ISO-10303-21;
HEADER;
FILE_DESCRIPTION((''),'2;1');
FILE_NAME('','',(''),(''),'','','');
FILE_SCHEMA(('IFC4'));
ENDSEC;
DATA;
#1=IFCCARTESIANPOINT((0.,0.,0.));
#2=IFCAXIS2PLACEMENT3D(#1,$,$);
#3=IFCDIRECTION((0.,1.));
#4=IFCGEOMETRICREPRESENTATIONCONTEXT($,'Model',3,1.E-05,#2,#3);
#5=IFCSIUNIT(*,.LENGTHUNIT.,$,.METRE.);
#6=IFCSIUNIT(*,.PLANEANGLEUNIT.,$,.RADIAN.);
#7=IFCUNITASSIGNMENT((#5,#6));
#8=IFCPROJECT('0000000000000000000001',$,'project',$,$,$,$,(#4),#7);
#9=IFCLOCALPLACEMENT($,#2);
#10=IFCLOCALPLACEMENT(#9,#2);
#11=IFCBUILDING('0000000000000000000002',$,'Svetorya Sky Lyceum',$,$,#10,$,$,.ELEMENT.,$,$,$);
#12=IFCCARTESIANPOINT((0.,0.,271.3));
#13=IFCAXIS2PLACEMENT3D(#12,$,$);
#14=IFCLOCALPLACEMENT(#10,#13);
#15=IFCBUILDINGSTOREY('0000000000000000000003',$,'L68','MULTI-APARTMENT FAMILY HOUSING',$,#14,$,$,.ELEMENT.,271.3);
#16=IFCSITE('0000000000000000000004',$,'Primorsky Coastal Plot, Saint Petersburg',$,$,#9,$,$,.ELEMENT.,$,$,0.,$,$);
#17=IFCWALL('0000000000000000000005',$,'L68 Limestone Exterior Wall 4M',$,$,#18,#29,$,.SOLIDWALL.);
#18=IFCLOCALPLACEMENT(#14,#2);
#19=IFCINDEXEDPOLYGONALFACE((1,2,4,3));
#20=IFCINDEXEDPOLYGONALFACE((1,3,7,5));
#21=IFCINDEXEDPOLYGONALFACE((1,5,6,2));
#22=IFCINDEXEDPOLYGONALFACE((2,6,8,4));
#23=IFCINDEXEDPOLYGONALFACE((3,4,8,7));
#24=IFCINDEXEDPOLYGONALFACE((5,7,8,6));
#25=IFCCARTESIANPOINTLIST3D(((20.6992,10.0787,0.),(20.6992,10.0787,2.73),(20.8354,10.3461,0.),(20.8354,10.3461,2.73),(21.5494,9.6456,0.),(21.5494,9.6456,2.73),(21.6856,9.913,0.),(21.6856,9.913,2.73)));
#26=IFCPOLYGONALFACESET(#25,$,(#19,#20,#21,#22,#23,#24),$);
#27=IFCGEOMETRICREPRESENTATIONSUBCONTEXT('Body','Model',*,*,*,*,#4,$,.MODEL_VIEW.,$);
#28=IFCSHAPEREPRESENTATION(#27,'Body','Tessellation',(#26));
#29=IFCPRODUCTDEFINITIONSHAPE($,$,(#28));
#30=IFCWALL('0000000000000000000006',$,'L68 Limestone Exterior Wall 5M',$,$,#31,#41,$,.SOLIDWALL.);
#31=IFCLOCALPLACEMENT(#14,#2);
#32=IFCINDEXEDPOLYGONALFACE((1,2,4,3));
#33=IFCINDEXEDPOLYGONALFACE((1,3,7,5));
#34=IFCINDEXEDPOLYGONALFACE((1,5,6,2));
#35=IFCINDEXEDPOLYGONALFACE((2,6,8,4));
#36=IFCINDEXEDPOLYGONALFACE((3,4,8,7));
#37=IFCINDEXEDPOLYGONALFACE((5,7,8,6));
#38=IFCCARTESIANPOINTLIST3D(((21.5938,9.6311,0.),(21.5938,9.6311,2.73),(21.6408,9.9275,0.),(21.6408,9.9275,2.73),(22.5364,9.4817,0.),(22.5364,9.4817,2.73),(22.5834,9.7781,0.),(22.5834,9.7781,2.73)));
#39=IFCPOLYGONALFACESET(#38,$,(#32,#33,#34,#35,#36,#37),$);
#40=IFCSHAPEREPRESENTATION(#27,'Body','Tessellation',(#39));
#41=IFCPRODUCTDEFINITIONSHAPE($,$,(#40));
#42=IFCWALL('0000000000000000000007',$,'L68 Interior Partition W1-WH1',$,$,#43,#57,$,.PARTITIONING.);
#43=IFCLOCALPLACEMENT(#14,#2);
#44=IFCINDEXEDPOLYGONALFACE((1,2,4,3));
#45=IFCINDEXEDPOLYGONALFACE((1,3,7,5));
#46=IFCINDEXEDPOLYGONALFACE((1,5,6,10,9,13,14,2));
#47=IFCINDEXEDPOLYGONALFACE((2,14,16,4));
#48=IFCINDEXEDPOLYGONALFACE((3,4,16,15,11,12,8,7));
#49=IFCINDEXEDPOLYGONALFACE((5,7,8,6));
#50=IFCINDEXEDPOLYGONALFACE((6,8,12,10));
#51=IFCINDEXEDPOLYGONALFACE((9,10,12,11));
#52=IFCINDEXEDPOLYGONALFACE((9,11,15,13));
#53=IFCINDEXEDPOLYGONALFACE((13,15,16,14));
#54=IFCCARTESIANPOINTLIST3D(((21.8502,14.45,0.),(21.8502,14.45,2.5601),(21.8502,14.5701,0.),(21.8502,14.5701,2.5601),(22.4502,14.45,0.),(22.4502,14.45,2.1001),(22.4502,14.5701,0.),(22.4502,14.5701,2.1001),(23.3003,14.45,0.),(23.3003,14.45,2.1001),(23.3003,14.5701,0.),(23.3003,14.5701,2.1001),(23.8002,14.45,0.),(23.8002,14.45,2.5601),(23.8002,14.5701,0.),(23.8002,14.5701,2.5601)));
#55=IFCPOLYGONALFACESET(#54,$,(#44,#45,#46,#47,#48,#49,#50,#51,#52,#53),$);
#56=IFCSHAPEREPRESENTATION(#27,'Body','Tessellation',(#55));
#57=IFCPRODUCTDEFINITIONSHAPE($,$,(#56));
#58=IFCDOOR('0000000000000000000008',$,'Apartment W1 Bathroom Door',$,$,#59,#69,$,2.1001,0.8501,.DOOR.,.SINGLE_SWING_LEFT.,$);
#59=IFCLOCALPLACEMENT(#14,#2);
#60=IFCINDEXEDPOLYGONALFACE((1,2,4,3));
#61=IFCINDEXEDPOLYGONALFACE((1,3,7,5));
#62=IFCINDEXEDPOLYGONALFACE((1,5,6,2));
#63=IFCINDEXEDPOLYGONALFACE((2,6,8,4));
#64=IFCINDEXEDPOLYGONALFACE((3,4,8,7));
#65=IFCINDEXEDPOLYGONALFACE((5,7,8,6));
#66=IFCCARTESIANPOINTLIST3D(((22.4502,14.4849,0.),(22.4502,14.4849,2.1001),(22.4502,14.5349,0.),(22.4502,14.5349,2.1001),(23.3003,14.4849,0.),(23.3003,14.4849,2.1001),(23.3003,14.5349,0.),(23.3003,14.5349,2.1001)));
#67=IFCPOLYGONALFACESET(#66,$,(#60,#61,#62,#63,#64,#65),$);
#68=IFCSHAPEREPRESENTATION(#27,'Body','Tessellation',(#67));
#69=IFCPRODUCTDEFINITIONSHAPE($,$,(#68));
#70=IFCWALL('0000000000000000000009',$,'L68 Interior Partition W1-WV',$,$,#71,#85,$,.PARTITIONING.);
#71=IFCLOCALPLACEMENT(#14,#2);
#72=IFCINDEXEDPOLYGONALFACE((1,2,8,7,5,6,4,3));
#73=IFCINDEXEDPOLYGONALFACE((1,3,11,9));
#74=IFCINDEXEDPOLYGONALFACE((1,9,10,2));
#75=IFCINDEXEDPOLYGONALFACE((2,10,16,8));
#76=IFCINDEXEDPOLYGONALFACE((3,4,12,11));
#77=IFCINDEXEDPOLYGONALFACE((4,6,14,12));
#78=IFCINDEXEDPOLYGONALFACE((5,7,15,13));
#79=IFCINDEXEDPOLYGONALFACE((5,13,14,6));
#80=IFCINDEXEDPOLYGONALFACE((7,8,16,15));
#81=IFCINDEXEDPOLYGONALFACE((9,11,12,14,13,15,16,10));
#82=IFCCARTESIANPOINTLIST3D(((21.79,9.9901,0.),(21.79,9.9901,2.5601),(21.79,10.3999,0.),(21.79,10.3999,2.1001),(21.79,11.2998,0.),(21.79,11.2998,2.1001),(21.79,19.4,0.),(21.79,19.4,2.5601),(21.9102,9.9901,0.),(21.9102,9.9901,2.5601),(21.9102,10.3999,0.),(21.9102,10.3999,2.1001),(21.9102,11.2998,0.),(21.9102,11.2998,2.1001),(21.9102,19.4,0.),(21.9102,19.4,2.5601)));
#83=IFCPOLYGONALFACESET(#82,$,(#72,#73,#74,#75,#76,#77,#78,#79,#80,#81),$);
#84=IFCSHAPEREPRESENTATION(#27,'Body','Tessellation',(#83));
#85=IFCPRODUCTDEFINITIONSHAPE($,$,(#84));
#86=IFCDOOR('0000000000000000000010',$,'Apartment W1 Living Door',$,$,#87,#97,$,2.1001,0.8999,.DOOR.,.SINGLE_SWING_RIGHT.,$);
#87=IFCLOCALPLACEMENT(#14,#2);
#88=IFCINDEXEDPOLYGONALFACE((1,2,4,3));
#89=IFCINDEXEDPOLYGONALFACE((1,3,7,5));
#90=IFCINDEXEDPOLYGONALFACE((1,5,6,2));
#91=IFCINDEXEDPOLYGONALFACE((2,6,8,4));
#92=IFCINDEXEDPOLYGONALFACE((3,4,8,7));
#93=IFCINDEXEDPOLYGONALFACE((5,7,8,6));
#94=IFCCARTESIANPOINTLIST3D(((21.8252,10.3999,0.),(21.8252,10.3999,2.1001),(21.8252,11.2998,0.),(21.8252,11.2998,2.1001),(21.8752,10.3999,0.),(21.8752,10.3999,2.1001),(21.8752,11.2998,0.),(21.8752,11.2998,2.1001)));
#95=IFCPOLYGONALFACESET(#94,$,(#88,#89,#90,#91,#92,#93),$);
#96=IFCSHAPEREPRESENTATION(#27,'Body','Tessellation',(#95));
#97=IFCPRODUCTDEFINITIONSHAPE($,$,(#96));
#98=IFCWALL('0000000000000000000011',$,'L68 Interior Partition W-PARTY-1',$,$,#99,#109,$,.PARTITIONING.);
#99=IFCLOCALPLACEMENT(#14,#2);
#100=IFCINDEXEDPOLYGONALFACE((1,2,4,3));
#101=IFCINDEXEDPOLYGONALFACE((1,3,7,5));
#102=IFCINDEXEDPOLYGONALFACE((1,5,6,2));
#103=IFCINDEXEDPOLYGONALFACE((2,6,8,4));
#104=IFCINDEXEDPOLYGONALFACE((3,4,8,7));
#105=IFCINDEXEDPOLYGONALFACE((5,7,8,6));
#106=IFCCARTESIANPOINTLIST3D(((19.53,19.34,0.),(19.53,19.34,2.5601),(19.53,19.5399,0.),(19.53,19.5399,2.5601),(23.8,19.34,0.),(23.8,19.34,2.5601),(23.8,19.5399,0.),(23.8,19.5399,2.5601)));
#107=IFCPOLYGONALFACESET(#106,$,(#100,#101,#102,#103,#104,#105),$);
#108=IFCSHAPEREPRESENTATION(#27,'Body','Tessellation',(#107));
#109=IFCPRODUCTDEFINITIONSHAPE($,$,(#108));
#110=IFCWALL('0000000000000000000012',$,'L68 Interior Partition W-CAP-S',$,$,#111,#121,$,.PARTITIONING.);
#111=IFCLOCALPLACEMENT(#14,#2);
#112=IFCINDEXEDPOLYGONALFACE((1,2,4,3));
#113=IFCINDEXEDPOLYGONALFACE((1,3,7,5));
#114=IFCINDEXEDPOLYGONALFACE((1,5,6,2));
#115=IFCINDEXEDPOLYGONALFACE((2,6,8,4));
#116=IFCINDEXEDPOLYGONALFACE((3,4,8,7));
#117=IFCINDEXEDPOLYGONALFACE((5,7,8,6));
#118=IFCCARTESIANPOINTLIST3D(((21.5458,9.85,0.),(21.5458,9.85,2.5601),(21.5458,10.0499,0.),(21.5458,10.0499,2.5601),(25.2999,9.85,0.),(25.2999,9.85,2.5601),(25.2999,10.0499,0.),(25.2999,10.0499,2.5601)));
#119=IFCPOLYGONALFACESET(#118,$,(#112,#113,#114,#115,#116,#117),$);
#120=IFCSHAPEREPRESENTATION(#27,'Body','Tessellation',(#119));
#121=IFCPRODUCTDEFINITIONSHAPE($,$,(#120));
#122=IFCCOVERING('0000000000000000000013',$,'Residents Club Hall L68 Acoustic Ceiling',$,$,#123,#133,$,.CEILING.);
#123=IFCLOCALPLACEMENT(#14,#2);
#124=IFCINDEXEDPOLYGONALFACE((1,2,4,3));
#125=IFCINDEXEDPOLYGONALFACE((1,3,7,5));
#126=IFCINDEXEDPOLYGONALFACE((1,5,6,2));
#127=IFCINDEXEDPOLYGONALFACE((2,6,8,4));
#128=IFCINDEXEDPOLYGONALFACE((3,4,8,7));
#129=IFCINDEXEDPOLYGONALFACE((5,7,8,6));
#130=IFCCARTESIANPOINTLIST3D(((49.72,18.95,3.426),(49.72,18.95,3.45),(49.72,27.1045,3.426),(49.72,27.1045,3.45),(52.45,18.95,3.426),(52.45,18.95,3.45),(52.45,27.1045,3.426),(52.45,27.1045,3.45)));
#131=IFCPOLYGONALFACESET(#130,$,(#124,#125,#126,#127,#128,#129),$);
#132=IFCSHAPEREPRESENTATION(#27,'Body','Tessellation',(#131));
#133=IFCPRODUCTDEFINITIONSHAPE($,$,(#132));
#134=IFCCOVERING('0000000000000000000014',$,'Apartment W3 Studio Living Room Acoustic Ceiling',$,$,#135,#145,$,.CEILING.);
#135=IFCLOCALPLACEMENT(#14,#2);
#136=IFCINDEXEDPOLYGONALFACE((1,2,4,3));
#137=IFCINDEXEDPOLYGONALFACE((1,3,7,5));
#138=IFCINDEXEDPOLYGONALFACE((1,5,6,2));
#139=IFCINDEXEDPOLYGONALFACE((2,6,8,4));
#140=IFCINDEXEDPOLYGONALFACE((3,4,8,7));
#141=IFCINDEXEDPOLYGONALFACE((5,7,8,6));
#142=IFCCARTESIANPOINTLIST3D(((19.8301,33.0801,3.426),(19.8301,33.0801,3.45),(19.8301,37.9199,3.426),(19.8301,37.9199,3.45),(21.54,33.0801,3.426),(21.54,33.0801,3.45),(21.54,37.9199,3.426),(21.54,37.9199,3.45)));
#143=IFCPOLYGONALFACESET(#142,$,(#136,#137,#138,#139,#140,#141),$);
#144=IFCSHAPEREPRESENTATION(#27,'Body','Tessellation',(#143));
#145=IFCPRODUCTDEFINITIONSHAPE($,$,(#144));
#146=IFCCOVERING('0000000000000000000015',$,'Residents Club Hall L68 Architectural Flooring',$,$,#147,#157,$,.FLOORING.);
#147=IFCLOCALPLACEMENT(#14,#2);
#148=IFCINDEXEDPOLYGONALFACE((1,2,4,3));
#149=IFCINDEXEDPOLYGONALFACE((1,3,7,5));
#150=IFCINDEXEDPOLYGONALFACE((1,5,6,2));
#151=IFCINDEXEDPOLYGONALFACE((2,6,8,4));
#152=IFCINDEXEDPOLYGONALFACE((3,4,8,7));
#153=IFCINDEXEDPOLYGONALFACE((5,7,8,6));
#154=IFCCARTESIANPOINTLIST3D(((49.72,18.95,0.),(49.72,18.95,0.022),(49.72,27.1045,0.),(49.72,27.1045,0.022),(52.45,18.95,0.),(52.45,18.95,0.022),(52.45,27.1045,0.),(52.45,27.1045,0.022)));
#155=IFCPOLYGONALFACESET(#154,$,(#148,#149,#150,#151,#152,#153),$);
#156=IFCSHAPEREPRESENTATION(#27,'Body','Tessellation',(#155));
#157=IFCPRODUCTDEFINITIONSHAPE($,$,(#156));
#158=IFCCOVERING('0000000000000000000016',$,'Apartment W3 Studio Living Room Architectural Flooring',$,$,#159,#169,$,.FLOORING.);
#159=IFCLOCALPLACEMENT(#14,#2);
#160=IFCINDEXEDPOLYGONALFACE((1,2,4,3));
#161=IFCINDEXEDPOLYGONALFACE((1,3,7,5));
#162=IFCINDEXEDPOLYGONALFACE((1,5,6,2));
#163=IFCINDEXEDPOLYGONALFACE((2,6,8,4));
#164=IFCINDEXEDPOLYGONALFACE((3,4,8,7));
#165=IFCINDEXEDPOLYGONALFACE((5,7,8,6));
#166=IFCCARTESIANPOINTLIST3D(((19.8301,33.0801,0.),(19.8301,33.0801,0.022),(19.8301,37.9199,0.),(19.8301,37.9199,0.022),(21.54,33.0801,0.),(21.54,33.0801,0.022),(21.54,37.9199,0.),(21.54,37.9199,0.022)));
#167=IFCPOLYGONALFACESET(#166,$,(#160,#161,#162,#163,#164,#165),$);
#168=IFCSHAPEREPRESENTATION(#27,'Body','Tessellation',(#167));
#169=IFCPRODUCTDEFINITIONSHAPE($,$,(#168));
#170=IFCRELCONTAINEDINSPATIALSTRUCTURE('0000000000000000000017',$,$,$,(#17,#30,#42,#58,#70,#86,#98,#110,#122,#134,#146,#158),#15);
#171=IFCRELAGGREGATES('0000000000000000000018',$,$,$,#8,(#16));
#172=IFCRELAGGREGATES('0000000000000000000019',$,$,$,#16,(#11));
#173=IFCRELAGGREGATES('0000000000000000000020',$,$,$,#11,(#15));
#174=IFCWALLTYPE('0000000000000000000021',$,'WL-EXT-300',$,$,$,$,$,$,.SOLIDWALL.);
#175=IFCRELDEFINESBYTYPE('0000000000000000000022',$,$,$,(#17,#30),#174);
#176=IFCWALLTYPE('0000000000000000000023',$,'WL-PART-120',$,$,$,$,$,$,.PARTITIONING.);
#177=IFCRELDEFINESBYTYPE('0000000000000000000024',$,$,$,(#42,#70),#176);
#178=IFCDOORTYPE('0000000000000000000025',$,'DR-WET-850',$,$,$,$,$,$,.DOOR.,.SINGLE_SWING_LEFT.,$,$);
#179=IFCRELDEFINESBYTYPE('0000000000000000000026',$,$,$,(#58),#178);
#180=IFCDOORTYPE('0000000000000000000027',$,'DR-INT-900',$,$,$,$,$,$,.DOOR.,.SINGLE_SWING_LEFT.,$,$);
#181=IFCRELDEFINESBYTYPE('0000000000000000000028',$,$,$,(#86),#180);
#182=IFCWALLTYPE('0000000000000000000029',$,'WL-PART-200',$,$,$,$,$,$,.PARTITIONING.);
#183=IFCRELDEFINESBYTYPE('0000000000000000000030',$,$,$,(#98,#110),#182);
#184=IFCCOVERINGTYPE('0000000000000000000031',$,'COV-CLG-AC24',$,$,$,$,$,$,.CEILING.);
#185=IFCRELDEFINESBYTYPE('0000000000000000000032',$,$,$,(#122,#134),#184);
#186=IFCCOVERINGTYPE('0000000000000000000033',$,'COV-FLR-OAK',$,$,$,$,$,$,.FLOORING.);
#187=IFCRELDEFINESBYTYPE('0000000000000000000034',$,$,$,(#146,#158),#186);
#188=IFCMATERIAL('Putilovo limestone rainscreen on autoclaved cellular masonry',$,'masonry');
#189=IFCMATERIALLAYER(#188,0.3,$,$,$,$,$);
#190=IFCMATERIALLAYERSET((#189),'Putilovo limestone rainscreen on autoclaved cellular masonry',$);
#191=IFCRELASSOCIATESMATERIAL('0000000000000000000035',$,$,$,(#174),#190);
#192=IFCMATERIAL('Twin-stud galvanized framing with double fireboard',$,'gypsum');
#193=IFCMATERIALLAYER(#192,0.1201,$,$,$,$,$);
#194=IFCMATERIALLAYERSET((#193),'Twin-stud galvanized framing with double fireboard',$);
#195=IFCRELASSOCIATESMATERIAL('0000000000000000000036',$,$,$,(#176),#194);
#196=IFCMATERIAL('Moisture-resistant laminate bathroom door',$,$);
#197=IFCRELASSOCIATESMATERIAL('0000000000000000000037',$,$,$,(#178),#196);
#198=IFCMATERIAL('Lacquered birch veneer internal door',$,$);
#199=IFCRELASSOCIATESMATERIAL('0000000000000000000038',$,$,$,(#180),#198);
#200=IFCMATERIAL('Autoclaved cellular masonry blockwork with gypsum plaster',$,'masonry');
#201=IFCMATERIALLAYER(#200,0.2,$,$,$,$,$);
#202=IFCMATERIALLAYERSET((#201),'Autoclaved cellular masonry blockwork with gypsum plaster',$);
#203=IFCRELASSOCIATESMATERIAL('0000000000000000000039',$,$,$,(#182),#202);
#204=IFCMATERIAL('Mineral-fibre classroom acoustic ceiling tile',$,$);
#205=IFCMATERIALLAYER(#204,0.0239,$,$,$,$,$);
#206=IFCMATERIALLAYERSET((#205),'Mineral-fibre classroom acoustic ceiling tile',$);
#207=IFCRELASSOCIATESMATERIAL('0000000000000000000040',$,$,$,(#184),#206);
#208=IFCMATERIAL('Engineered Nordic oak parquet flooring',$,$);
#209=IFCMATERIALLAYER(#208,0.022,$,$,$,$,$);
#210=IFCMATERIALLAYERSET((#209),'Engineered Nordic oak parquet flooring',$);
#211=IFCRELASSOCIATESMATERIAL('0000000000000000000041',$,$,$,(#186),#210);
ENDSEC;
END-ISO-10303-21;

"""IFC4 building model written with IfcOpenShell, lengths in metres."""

from ifc_helpers import new_model, si_unit, direction, frame, frame_2d, origin, place, context, subcontext, project, spatial, polyline, rectangle, outline, extrude, material, layer, layer_set, type_object, element, fill, save


model = new_model("IFC4")

# Units and contexts
model_context = context("Model", 3, precision=1e-05, world=origin(), true_north=direction((0.0, 1.0)))
body_context = subcontext(model_context, "Body", "Model", "MODEL_VIEW")
ifc_project = project(units=[si_unit("LENGTHUNIT", "METRE"), si_unit("PLANEANGLEUNIT", "RADIAN")], contexts=[model_context])

# Site, building, storey
site_placement = place(None, origin())
site = spatial("IfcSite", under=ifc_project, at=site_placement, Name="Primorsky Coastal Plot, Saint Petersburg", CompositionType="ELEMENT", RefElevation=0.0)
building_placement = place(site_placement, origin())
building = spatial("IfcBuilding", under=site, at=building_placement, Name="Svetorya Sky Lyceum", CompositionType="ELEMENT")
storey_placement = place(building_placement, frame((0.0, 0.0, 271.3)))
storey = spatial("IfcBuildingStorey", under=building, at=storey_placement, Name="L68", Description="MULTI-APARTMENT FAMILY HOUSING", CompositionType="ELEMENT", Elevation=271.3)

# Walls
ifc_material_1 = material(Name="Putilovo limestone rainscreen on autoclaved cellular masonry", Category="masonry")
ifc_layer_1 = layer(ifc_material_1, 0.3)
ifc_layer_set_1 = layer_set([ifc_layer_1], Name="Putilovo limestone rainscreen on autoclaved cellular masonry")
wall_type_1 = type_object("IfcWallType", Name="WL-EXT-300", PredefinedType="SOLIDWALL", material=ifc_layer_set_1)
wall_1_placement = place(storey_placement, frame((20.7673, 10.2124, 0.0), z_axis=(0.0, 0.0, 1.0), x_axis=(0.891024, -0.453956, 0.0)))
element("IfcWall", 1, at=wall_1_placement, inside=storey, type_object=wall_type_1, Name="L68 Limestone Exterior Wall 4M", PredefinedType="SOLIDWALL", context=body_context, shape_type="SweptSolid", body=[
    extrude(rectangle(XDim=0.9541, YDim=0.3, at=frame_2d((0.4771, 0.0))), origin(), (0.0, 0.0, 1.0), 2.73),
])
wall_2_placement = place(storey_placement, frame((21.6174, 9.7793, 0.0), z_axis=(0.0, 0.0, 1.0), x_axis=(0.987669, -0.156554, 0.0)))
element("IfcWall", 2, at=wall_2_placement, inside=storey, type_object=wall_type_1, Name="L68 Limestone Exterior Wall 5M", PredefinedType="SOLIDWALL", context=body_context, shape_type="SweptSolid", body=[
    extrude(rectangle(XDim=0.9543, YDim=0.3, at=frame_2d((0.4771, 0.0))), origin(), (0.0, 0.0, 1.0), 2.73),
])

# Walls, openings, doors
ifc_material_2 = material(Name="Twin-stud galvanized framing with double fireboard", Category="gypsum")
ifc_layer_2 = layer(ifc_material_2, 0.1201)
ifc_layer_set_2 = layer_set([ifc_layer_2], Name="Twin-stud galvanized framing with double fireboard")
wall_type_2 = type_object("IfcWallType", Name="WL-PART-120", PredefinedType="PARTITIONING", material=ifc_layer_set_2)
wall_3_placement = place(storey_placement, frame((21.8501, 14.51, 0.0), z_axis=(0.0, 0.0, 1.0), x_axis=(1.0, 0.0, 0.0)))
wall_3 = element("IfcWall", 3, at=wall_3_placement, inside=storey, type_object=wall_type_2, Name="L68 Interior Partition W1-WH1", PredefinedType="PARTITIONING", context=body_context, shape_type="SweptSolid", body=[
    extrude(rectangle(XDim=1.95, YDim=0.1201, at=frame_2d((0.9751, 0.0))), origin(), (0.0, 0.0, 1.0), 2.5601),
])
opening_1_placement = place(wall_3_placement, frame((0.6001, 0.0, 0.0)))
opening_1 = element("IfcOpeningElement", 4, at=opening_1_placement, cuts=wall_3, PredefinedType="OPENING", context=body_context, shape_type="SweptSolid", body=[
    extrude(rectangle(XDim=0.8501, YDim=2.1001, at=frame_2d((0.425, 1.05))), frame((0.0, 0.0701, 0.0), z_axis=(0.0, -1.0, 0.0), x_axis=(1.0, 0.0, 0.0)), (0.0, 0.0, 1.0), 0.1401),
])
ifc_material_3 = material(Name="Moisture-resistant laminate bathroom door")
door_type_1 = type_object("IfcDoorType", Name="DR-WET-850", OperationType="SINGLE_SWING_LEFT", PredefinedType="DOOR", material=ifc_material_3)
door_1_placement = place(opening_1_placement, origin())
door_1 = element("IfcDoor", 5, at=door_1_placement, inside=storey, type_object=door_type_1, Name="Apartment W1 Bathroom Door", OperationType="SINGLE_SWING_LEFT", OverallHeight=2.1001, OverallWidth=0.8501, PredefinedType="DOOR", context=body_context, shape_type="SweptSolid", body=[
    extrude(rectangle(XDim=0.8501, YDim=2.1001, at=frame_2d((0.425, 1.05))), frame((0.0, 0.0249, 0.0), z_axis=(0.0, -1.0, 0.0), x_axis=(1.0, 0.0, 0.0)), (0.0, 0.0, 1.0), 0.05),
])
fill(opening_1, door_1)
wall_4_placement = place(storey_placement, frame((21.8501, 9.99, 0.0), z_axis=(0.0, 0.0, 1.0), x_axis=(0.0, 1.0, 0.0)))
wall_4 = element("IfcWall", 6, at=wall_4_placement, inside=storey, type_object=wall_type_2, Name="L68 Interior Partition W1-WV", PredefinedType="PARTITIONING", context=body_context, shape_type="SweptSolid", body=[
    extrude(rectangle(XDim=9.4099, YDim=0.1201, at=frame_2d((4.7051, 0.0))), origin(), (0.0, 0.0, 1.0), 2.5601),
])
opening_2_placement = place(wall_4_placement, frame((0.4099, 0.0, 0.0)))
opening_2 = element("IfcOpeningElement", 7, at=opening_2_placement, cuts=wall_4, PredefinedType="OPENING", context=body_context, shape_type="SweptSolid", body=[
    extrude(rectangle(XDim=0.8999, YDim=2.1001, at=frame_2d((0.45, 1.05))), frame((0.0, 0.0701, 0.0), z_axis=(0.0, -1.0, 0.0), x_axis=(1.0, 0.0, 0.0)), (0.0, 0.0, 1.0), 0.1401),
])
ifc_material_4 = material(Name="Lacquered birch veneer internal door")
door_type_2 = type_object("IfcDoorType", Name="DR-INT-900", OperationType="SINGLE_SWING_LEFT", PredefinedType="DOOR", material=ifc_material_4)
door_2_placement = place(opening_2_placement, origin())
door_2 = element("IfcDoor", 8, at=door_2_placement, inside=storey, type_object=door_type_2, Name="Apartment W1 Living Door", OperationType="SINGLE_SWING_RIGHT", OverallHeight=2.1001, OverallWidth=0.8999, PredefinedType="DOOR", context=body_context, shape_type="SweptSolid", body=[
    extrude(rectangle(XDim=0.8999, YDim=2.1001, at=frame_2d((0.45, 1.05))), frame((0.0, 0.0249, 0.0), z_axis=(0.0, -1.0, 0.0), x_axis=(1.0, 0.0, 0.0)), (0.0, 0.0, 1.0), 0.05),
])
fill(opening_2, door_2)

# Walls
ifc_material_5 = material(Name="Autoclaved cellular masonry blockwork with gypsum plaster", Category="masonry")
ifc_layer_3 = layer(ifc_material_5, 0.2)
ifc_layer_set_3 = layer_set([ifc_layer_3], Name="Autoclaved cellular masonry blockwork with gypsum plaster")
wall_type_3 = type_object("IfcWallType", Name="WL-PART-200", PredefinedType="PARTITIONING", material=ifc_layer_set_3)
wall_5_placement = place(storey_placement, frame((19.53, 19.4399, 0.0), z_axis=(0.0, 0.0, 1.0), x_axis=(1.0, 0.0, 0.0)))
element("IfcWall", 9, at=wall_5_placement, inside=storey, type_object=wall_type_3, Name="L68 Interior Partition W-PARTY-1", PredefinedType="PARTITIONING", context=body_context, shape_type="SweptSolid", body=[
    extrude(rectangle(XDim=4.27, YDim=0.2, at=frame_2d((2.135, 0.0))), origin(), (0.0, 0.0, 1.0), 2.5601),
])
wall_6_placement = place(storey_placement, frame((21.5459, 9.95, 0.0), z_axis=(0.0, 0.0, 1.0), x_axis=(1.0, 0.0, 0.0)))
element("IfcWall", 10, at=wall_6_placement, inside=storey, type_object=wall_type_3, Name="L68 Interior Partition W-CAP-S", PredefinedType="PARTITIONING", context=body_context, shape_type="SweptSolid", body=[
    extrude(rectangle(XDim=3.7542, YDim=0.2, at=frame_2d((1.877, 0.0))), origin(), (0.0, 0.0, 1.0), 2.5601),
])

# Coverings
ifc_material_6 = material(Name="Mineral-fibre classroom acoustic ceiling tile")
ifc_layer_4 = layer(ifc_material_6, 0.0239)
ifc_layer_set_4 = layer_set([ifc_layer_4], Name="Mineral-fibre classroom acoustic ceiling tile")
covering_type_1 = type_object("IfcCoveringType", Name="COV-CLG-AC24", PredefinedType="CEILING", material=ifc_layer_set_4)
covering_1_placement = place(storey_placement, frame((0.0, 0.0, 3.426)))
element("IfcCovering", 11, at=covering_1_placement, inside=storey, type_object=covering_type_1, Name="Residents Club Hall L68 Acoustic Ceiling", PredefinedType="CEILING", context=body_context, shape_type="SweptSolid", body=[
    extrude(outline(polyline([(49.72, 18.95), (52.45, 18.95), (52.45, 27.1045), (49.72, 27.1045), (49.72, 18.95)])), origin(), (0.0, 0.0, 1.0), 0.0239),
])
covering_2_placement = place(storey_placement, frame((0.0, 0.0, 3.426)))
element("IfcCovering", 12, at=covering_2_placement, inside=storey, type_object=covering_type_1, Name="Apartment W3 Studio Living Room Acoustic Ceiling", PredefinedType="CEILING", context=body_context, shape_type="SweptSolid", body=[
    extrude(outline(polyline([(19.8301, 33.0801), (21.54, 33.0801), (21.54, 37.9199), (19.8301, 37.9199), (19.8301, 33.0801)])), origin(), (0.0, 0.0, 1.0), 0.0239),
])
ifc_material_7 = material(Name="Engineered Nordic oak parquet flooring")
ifc_layer_5 = layer(ifc_material_7, 0.022)
ifc_layer_set_5 = layer_set([ifc_layer_5], Name="Engineered Nordic oak parquet flooring")
covering_type_2 = type_object("IfcCoveringType", Name="COV-FLR-OAK", PredefinedType="FLOORING", material=ifc_layer_set_5)
covering_3_placement = place(storey_placement, origin())
element("IfcCovering", 13, at=covering_3_placement, inside=storey, type_object=covering_type_2, Name="Residents Club Hall L68 Architectural Flooring", PredefinedType="FLOORING", context=body_context, shape_type="SweptSolid", body=[
    extrude(outline(polyline([(49.72, 18.95), (52.45, 18.95), (52.45, 27.1045), (49.72, 27.1045), (49.72, 18.95)])), origin(), (0.0, 0.0, 1.0), 0.022),
])
covering_4_placement = place(storey_placement, origin())
element("IfcCovering", 14, at=covering_4_placement, inside=storey, type_object=covering_type_2, Name="Apartment W3 Studio Living Room Architectural Flooring", PredefinedType="FLOORING", context=body_context, shape_type="SweptSolid", body=[
    extrude(outline(polyline([(19.8301, 33.0801), (21.54, 33.0801), (21.54, 37.9199), (19.8301, 37.9199), (19.8301, 33.0801)])), origin(), (0.0, 0.0, 1.0), 0.022),
])

save(model, "model.ifc")
